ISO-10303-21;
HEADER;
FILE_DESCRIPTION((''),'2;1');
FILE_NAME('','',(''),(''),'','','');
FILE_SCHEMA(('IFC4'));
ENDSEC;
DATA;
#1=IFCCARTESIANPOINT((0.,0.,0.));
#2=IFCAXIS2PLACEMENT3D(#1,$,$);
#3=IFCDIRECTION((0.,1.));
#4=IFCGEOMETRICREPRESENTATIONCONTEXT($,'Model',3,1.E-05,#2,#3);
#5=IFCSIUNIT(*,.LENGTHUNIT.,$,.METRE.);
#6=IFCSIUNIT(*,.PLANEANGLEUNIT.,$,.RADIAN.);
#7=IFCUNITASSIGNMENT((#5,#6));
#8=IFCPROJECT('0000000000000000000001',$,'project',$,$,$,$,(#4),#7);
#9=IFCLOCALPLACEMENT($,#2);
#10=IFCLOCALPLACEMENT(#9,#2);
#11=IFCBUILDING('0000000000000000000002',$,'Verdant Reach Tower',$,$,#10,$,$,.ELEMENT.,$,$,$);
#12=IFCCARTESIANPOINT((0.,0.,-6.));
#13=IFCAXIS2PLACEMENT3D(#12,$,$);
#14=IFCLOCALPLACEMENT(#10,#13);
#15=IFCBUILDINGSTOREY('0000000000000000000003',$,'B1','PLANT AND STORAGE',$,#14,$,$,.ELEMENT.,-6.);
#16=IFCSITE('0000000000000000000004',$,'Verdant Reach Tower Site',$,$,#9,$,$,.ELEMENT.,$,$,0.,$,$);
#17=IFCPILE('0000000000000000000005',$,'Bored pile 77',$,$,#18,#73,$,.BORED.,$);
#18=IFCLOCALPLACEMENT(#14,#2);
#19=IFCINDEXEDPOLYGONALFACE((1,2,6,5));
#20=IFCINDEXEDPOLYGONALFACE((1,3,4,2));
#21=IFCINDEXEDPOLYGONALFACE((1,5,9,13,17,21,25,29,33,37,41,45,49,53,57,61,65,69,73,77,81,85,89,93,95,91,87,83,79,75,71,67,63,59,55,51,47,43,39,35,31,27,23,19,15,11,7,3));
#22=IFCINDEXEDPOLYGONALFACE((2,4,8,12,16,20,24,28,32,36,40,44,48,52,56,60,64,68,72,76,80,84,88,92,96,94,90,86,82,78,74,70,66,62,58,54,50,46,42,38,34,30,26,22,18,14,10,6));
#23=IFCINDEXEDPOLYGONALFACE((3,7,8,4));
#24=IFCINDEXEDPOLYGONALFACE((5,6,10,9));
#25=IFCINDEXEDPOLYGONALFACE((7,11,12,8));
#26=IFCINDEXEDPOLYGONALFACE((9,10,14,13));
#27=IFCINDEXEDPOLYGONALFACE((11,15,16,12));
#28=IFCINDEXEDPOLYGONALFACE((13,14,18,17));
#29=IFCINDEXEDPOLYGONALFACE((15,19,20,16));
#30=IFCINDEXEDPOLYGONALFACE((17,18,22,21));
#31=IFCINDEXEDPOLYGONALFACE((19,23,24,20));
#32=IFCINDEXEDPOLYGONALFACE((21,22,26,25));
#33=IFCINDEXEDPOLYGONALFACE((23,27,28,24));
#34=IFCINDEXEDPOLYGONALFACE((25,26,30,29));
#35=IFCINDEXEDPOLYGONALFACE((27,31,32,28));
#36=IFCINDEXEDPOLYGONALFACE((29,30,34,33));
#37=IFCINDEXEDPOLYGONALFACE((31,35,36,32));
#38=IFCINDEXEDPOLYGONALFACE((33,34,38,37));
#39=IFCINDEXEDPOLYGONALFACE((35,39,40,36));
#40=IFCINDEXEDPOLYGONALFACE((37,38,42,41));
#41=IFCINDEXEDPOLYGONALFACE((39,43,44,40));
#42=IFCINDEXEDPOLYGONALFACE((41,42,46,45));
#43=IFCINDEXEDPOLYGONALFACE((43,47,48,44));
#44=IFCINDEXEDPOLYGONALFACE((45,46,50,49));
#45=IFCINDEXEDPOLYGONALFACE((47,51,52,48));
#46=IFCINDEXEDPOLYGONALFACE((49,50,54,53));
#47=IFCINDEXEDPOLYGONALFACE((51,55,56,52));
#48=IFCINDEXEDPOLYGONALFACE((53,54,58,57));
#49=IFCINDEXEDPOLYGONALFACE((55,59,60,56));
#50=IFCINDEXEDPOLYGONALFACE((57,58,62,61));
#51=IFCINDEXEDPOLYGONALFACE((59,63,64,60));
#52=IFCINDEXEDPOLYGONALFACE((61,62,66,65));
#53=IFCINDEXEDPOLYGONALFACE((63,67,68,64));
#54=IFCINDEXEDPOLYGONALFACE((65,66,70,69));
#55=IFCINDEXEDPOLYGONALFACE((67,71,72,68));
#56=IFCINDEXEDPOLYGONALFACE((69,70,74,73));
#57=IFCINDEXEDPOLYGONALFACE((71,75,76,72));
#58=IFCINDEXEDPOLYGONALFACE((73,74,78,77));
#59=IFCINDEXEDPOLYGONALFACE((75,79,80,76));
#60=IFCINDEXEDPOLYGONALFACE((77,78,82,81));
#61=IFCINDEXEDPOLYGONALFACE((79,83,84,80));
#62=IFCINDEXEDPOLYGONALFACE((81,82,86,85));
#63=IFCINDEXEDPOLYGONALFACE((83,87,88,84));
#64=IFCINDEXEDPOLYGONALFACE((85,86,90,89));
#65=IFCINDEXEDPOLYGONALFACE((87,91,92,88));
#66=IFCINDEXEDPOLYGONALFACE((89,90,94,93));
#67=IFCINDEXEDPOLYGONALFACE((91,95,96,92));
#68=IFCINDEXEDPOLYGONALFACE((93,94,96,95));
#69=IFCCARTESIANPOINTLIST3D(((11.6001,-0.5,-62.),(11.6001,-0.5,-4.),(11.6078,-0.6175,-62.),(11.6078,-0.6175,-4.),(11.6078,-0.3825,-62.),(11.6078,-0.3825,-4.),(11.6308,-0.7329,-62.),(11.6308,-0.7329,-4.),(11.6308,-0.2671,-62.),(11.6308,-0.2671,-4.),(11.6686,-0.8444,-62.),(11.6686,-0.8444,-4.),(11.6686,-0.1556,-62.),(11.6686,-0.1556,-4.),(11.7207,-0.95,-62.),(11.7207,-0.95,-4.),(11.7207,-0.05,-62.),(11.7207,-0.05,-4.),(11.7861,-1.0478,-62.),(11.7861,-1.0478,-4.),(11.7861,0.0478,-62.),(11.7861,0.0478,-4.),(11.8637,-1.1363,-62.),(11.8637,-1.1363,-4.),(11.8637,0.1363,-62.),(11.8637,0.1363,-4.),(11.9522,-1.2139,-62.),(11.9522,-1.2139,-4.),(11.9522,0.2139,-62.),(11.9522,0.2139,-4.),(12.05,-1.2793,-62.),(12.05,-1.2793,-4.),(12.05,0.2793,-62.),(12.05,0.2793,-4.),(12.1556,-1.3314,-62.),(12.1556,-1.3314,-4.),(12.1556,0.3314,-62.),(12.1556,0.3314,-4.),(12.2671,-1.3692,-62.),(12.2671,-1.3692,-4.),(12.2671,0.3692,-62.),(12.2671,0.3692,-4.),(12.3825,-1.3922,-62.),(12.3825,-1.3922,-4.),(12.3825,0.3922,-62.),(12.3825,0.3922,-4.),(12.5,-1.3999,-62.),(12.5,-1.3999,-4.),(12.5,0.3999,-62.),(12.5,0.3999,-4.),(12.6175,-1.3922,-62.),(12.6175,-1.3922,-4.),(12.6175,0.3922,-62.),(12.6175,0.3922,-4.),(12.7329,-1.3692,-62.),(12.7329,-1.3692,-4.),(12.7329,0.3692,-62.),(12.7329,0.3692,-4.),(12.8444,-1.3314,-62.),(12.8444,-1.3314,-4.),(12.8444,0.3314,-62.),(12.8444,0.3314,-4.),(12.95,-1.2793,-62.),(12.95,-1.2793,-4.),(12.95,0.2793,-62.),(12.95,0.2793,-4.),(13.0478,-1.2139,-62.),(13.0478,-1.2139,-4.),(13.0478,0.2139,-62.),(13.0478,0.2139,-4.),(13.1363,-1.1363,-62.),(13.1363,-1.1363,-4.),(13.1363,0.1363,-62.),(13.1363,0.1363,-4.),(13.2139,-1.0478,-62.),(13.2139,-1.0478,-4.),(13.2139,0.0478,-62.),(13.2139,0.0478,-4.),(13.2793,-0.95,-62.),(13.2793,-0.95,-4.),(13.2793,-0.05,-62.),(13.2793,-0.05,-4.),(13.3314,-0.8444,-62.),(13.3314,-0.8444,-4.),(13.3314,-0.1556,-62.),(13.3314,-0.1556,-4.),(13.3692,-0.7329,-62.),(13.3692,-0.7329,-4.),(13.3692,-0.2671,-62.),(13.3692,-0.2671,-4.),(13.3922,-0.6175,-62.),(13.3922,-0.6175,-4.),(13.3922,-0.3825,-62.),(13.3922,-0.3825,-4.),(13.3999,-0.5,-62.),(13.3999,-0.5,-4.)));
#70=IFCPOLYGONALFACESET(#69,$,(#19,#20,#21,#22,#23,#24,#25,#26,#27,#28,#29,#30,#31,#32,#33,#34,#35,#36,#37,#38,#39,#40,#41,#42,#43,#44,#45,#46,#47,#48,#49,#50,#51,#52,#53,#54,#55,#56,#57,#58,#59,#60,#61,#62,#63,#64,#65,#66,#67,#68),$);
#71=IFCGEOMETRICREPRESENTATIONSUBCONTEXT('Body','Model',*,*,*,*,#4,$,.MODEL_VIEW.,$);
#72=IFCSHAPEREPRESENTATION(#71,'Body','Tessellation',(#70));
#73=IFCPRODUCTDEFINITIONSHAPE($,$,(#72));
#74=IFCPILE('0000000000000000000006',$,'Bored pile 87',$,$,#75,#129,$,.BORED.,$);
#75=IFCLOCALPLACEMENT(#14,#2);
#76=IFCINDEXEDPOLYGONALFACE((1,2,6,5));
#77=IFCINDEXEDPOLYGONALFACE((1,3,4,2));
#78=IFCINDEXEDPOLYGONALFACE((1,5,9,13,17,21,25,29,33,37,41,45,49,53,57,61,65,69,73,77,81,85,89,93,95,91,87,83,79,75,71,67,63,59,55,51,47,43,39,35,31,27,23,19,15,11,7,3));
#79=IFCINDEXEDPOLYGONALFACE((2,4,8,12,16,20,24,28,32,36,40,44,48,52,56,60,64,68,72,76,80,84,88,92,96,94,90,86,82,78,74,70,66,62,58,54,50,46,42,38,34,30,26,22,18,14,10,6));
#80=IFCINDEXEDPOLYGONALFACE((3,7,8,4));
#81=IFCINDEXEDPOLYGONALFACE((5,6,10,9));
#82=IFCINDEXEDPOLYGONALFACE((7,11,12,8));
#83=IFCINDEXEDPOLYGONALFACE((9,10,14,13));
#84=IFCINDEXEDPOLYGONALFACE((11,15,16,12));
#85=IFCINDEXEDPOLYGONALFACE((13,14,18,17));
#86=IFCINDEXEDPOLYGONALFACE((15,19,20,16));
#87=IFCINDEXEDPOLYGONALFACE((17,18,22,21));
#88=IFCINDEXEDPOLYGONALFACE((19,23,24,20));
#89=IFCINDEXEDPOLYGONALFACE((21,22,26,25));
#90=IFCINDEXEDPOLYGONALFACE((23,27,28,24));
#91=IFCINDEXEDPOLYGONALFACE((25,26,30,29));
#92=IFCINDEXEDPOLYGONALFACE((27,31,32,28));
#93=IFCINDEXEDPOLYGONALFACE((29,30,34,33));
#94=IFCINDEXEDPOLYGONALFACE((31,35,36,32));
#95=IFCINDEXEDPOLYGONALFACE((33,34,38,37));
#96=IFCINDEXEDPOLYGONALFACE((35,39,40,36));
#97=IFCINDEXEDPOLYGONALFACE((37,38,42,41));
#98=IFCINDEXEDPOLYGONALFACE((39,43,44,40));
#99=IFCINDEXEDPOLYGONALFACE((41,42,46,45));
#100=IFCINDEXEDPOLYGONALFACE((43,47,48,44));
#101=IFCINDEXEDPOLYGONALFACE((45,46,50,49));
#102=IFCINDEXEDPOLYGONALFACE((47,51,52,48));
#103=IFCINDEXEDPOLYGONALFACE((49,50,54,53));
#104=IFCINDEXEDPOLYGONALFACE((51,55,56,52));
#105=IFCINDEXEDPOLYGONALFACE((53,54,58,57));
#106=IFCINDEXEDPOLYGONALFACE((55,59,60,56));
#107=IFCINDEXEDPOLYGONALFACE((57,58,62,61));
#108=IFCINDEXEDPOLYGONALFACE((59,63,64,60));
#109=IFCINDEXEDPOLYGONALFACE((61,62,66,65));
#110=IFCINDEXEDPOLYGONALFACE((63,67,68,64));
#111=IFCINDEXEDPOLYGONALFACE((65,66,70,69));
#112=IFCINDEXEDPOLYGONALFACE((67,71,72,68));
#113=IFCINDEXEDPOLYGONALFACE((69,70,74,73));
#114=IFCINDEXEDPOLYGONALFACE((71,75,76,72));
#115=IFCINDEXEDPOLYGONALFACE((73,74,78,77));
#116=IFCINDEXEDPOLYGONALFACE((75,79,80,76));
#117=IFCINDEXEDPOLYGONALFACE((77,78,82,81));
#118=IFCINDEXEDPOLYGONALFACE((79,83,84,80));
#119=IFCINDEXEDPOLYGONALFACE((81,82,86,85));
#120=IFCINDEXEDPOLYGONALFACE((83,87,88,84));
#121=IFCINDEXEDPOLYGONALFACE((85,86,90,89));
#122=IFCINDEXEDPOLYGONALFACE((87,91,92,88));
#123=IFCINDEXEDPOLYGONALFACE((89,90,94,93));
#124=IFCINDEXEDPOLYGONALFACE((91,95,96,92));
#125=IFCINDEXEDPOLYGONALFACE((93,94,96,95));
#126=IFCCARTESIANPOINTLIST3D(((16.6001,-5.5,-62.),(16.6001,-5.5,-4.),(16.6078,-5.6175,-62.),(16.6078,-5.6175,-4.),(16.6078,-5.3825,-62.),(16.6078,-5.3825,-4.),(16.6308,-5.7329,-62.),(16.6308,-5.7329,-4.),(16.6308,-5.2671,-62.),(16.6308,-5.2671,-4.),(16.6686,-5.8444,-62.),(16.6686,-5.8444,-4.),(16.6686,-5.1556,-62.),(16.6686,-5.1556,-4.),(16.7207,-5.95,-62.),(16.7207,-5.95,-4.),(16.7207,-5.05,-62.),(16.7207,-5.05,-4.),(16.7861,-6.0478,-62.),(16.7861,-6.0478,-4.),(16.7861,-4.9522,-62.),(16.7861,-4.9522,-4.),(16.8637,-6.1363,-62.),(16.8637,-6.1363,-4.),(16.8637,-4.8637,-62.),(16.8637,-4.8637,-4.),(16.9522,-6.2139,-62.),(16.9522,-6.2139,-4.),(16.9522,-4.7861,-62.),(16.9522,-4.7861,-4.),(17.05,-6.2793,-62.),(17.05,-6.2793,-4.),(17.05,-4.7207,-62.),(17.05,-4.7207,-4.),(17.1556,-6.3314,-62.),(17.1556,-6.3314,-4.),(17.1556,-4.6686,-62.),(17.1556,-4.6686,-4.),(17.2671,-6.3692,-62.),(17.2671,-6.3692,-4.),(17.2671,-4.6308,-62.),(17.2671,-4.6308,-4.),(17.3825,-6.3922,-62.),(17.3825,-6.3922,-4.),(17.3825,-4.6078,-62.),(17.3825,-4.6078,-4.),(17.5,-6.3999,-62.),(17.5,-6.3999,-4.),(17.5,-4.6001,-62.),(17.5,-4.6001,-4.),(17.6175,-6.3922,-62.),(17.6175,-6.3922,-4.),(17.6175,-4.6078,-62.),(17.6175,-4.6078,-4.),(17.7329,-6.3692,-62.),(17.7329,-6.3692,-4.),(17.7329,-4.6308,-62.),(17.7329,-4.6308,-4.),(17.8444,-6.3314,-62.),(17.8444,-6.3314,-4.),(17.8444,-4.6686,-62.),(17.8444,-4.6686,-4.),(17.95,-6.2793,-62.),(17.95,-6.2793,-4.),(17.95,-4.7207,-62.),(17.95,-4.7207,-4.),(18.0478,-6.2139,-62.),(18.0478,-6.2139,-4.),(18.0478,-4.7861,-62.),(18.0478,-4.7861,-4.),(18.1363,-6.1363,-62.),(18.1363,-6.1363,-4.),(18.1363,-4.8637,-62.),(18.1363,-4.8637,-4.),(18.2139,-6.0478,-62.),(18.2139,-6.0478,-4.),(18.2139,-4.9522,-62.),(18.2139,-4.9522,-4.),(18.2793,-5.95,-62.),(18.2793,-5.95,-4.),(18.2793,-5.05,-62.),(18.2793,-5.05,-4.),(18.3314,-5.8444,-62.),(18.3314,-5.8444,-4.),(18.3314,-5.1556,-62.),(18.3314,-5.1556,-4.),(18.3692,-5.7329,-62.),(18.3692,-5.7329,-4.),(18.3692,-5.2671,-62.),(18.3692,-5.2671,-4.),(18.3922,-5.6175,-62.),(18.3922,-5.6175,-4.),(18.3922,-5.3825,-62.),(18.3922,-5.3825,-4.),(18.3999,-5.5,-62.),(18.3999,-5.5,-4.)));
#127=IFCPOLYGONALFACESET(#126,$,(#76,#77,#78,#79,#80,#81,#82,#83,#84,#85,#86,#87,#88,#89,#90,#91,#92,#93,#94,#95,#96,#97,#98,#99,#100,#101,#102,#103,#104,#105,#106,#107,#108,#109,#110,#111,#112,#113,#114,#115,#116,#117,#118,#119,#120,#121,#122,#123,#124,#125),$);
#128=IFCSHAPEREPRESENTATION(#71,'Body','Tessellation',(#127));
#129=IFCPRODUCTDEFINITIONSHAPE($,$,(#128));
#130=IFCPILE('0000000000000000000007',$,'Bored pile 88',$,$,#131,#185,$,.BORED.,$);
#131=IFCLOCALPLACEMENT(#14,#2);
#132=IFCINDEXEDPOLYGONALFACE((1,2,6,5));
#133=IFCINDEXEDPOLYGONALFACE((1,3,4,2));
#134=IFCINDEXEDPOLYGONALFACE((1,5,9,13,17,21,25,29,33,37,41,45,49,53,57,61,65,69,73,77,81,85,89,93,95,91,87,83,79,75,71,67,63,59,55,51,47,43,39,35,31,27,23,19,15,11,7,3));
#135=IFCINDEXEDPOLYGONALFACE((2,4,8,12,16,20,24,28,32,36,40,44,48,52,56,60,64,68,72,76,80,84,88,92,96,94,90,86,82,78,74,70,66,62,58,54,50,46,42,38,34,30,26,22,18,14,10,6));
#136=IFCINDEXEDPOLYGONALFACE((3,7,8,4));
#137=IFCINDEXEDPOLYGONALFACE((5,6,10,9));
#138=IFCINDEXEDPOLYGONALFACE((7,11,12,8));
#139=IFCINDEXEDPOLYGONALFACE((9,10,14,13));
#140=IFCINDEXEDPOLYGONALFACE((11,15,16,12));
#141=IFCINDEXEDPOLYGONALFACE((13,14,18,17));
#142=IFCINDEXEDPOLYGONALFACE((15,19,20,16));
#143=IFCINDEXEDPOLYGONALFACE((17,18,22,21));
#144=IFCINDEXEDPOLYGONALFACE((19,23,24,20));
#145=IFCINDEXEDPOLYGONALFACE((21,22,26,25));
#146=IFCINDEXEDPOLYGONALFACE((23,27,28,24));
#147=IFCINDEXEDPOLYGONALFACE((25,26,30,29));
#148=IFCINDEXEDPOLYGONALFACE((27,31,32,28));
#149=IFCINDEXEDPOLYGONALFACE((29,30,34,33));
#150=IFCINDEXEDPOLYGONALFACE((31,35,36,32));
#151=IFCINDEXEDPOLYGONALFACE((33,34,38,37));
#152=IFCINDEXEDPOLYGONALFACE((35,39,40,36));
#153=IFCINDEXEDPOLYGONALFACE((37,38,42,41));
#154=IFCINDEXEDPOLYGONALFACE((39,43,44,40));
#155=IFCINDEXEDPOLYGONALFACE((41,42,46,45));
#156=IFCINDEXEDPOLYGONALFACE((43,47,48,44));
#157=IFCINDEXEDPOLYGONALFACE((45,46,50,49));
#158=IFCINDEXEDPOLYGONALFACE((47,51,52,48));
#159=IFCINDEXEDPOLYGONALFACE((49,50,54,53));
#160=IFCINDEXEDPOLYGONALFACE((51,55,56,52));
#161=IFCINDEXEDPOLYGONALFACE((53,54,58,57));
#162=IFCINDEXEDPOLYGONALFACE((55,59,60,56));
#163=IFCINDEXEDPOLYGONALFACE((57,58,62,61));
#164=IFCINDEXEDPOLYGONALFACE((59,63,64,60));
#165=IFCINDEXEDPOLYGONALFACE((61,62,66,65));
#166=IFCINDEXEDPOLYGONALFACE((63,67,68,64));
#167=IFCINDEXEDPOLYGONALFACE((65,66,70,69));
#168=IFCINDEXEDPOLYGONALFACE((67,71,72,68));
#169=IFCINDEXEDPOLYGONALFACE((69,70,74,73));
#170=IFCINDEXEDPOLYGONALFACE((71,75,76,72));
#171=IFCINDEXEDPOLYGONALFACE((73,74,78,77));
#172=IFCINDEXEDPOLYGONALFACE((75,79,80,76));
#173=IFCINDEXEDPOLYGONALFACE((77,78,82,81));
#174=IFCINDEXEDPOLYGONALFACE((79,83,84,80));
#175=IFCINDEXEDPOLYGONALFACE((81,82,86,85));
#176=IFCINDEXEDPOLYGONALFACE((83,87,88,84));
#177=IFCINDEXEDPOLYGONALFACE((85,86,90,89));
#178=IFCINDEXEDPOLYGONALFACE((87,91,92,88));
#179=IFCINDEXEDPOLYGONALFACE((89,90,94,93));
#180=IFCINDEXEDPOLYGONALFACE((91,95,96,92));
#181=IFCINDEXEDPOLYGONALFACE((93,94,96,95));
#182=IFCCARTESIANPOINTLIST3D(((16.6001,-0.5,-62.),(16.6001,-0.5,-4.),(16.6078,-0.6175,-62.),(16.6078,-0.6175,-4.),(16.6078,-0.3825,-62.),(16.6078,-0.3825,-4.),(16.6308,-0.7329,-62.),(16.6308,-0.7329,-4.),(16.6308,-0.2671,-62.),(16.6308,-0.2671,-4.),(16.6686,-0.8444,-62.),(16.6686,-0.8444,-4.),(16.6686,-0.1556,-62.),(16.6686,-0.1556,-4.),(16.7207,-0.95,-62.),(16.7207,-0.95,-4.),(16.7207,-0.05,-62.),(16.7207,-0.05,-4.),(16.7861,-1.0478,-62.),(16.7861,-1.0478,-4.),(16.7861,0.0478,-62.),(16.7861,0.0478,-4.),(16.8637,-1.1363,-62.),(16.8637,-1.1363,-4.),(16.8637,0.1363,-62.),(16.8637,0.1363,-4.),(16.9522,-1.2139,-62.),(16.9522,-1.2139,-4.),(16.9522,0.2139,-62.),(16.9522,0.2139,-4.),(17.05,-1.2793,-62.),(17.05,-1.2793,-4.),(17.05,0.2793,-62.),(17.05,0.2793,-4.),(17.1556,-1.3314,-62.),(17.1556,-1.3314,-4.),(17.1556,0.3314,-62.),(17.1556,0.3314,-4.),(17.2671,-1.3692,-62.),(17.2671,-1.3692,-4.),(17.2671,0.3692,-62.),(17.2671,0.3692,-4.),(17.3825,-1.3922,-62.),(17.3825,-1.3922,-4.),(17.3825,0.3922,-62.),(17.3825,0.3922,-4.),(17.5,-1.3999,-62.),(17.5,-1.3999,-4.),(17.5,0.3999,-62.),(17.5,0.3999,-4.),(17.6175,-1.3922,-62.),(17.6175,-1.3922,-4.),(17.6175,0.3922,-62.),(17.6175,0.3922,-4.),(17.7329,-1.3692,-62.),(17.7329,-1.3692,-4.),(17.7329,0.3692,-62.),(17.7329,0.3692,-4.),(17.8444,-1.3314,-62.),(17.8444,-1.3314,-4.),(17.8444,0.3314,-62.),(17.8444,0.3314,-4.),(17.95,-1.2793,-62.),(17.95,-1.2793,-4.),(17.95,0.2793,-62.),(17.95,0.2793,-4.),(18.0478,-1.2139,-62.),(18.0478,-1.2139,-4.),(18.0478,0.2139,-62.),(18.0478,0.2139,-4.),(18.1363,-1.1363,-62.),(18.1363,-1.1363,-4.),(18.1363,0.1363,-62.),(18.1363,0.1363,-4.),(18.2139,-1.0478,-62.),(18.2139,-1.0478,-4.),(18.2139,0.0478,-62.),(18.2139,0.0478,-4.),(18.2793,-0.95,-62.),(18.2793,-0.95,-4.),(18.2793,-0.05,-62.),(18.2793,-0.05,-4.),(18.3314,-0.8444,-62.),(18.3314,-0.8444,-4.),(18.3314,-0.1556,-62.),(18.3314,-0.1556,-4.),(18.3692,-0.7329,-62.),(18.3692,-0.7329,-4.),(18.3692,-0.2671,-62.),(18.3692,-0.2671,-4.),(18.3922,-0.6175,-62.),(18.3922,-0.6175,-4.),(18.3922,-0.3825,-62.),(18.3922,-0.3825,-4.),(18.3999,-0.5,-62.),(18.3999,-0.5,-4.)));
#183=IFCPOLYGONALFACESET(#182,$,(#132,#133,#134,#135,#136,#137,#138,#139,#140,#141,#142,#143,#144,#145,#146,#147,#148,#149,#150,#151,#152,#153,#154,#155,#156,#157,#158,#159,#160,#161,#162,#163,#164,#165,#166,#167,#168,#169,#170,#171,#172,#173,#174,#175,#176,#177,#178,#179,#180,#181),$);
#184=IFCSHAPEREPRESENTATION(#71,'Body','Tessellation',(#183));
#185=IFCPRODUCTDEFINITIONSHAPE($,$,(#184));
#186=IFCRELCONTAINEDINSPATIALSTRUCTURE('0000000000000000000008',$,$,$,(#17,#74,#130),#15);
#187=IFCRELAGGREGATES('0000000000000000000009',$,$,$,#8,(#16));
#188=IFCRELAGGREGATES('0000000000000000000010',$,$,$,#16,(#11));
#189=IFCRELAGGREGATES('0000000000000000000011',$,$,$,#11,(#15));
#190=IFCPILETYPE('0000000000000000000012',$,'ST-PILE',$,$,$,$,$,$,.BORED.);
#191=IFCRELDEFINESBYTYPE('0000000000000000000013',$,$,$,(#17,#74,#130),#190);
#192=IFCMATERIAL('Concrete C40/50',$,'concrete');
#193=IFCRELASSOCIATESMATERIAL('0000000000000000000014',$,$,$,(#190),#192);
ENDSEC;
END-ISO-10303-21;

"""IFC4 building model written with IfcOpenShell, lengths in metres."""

from ifc_helpers import new_model, si_unit, direction, frame, origin, origin_2d, place, context, subcontext, project, spatial, circle, extrude, material, material_profile, profile_set, type_object, element, save


model = new_model("IFC4")

# Units and contexts
model_context = context("Model", 3, precision=1e-05, world=origin(), true_north=direction((0.0, 1.0)))
body_context = subcontext(model_context, "Body", "Model", "MODEL_VIEW")
ifc_project = project(units=[si_unit("LENGTHUNIT", "METRE"), si_unit("PLANEANGLEUNIT", "RADIAN")], contexts=[model_context])

# Site, building, storey
site_placement = place(None, origin())
site = spatial("IfcSite", under=ifc_project, at=site_placement, Name="Verdant Reach Tower Site", CompositionType="ELEMENT", RefElevation=0.0)
building_placement = place(site_placement, origin())
building = spatial("IfcBuilding", under=site, at=building_placement, Name="Verdant Reach Tower", CompositionType="ELEMENT")
storey_placement = place(building_placement, frame((0.0, 0.0, -6.0)))
storey = spatial("IfcBuildingStorey", under=building, at=storey_placement, Name="B1", Description="PLANT AND STORAGE", CompositionType="ELEMENT", Elevation=-6.0)

# Piles
ifc_material_1 = material(Name="Concrete C40/50", Category="concrete")
ifc_material_profile_1 = material_profile(ifc_material_1, circle(Radius=0.8999, at=origin_2d()), Name="BP 1800")
ifc_profile_set_1 = profile_set([ifc_material_profile_1], Name="Concrete C40/50")
pile_type = type_object("IfcPileType", Name="ST-PILE", PredefinedType="BORED", material=ifc_profile_set_1)
for number, where, z_axis, x_axis, name in (
    (1, (12.5, -0.5, -4.0), (0.0, 0.0, -1.0), (1.0, 0.0, 0.0), "Bored pile 77"),
    (2, (17.5, -5.5, -4.0), (0.0, 0.0, -1.0), (1.0, 0.0, 0.0), "Bored pile 87"),
    (3, (17.5, -0.5, -4.0), (0.0, 0.0, -1.0), (1.0, 0.0, 0.0), "Bored pile 88"),
):
    element("IfcPile", number, at=place(storey_placement, frame(where, z_axis=z_axis, x_axis=x_axis)), inside=storey, type_object=pile_type, Name=name, PredefinedType="BORED", context=body_context, shape_type="SweptSolid", body=[
        extrude(circle(Radius=0.8999, at=origin_2d()), origin(), (0.0, 0.0, 1.0), 58.0),
    ])

save(model, "model.ifc")
